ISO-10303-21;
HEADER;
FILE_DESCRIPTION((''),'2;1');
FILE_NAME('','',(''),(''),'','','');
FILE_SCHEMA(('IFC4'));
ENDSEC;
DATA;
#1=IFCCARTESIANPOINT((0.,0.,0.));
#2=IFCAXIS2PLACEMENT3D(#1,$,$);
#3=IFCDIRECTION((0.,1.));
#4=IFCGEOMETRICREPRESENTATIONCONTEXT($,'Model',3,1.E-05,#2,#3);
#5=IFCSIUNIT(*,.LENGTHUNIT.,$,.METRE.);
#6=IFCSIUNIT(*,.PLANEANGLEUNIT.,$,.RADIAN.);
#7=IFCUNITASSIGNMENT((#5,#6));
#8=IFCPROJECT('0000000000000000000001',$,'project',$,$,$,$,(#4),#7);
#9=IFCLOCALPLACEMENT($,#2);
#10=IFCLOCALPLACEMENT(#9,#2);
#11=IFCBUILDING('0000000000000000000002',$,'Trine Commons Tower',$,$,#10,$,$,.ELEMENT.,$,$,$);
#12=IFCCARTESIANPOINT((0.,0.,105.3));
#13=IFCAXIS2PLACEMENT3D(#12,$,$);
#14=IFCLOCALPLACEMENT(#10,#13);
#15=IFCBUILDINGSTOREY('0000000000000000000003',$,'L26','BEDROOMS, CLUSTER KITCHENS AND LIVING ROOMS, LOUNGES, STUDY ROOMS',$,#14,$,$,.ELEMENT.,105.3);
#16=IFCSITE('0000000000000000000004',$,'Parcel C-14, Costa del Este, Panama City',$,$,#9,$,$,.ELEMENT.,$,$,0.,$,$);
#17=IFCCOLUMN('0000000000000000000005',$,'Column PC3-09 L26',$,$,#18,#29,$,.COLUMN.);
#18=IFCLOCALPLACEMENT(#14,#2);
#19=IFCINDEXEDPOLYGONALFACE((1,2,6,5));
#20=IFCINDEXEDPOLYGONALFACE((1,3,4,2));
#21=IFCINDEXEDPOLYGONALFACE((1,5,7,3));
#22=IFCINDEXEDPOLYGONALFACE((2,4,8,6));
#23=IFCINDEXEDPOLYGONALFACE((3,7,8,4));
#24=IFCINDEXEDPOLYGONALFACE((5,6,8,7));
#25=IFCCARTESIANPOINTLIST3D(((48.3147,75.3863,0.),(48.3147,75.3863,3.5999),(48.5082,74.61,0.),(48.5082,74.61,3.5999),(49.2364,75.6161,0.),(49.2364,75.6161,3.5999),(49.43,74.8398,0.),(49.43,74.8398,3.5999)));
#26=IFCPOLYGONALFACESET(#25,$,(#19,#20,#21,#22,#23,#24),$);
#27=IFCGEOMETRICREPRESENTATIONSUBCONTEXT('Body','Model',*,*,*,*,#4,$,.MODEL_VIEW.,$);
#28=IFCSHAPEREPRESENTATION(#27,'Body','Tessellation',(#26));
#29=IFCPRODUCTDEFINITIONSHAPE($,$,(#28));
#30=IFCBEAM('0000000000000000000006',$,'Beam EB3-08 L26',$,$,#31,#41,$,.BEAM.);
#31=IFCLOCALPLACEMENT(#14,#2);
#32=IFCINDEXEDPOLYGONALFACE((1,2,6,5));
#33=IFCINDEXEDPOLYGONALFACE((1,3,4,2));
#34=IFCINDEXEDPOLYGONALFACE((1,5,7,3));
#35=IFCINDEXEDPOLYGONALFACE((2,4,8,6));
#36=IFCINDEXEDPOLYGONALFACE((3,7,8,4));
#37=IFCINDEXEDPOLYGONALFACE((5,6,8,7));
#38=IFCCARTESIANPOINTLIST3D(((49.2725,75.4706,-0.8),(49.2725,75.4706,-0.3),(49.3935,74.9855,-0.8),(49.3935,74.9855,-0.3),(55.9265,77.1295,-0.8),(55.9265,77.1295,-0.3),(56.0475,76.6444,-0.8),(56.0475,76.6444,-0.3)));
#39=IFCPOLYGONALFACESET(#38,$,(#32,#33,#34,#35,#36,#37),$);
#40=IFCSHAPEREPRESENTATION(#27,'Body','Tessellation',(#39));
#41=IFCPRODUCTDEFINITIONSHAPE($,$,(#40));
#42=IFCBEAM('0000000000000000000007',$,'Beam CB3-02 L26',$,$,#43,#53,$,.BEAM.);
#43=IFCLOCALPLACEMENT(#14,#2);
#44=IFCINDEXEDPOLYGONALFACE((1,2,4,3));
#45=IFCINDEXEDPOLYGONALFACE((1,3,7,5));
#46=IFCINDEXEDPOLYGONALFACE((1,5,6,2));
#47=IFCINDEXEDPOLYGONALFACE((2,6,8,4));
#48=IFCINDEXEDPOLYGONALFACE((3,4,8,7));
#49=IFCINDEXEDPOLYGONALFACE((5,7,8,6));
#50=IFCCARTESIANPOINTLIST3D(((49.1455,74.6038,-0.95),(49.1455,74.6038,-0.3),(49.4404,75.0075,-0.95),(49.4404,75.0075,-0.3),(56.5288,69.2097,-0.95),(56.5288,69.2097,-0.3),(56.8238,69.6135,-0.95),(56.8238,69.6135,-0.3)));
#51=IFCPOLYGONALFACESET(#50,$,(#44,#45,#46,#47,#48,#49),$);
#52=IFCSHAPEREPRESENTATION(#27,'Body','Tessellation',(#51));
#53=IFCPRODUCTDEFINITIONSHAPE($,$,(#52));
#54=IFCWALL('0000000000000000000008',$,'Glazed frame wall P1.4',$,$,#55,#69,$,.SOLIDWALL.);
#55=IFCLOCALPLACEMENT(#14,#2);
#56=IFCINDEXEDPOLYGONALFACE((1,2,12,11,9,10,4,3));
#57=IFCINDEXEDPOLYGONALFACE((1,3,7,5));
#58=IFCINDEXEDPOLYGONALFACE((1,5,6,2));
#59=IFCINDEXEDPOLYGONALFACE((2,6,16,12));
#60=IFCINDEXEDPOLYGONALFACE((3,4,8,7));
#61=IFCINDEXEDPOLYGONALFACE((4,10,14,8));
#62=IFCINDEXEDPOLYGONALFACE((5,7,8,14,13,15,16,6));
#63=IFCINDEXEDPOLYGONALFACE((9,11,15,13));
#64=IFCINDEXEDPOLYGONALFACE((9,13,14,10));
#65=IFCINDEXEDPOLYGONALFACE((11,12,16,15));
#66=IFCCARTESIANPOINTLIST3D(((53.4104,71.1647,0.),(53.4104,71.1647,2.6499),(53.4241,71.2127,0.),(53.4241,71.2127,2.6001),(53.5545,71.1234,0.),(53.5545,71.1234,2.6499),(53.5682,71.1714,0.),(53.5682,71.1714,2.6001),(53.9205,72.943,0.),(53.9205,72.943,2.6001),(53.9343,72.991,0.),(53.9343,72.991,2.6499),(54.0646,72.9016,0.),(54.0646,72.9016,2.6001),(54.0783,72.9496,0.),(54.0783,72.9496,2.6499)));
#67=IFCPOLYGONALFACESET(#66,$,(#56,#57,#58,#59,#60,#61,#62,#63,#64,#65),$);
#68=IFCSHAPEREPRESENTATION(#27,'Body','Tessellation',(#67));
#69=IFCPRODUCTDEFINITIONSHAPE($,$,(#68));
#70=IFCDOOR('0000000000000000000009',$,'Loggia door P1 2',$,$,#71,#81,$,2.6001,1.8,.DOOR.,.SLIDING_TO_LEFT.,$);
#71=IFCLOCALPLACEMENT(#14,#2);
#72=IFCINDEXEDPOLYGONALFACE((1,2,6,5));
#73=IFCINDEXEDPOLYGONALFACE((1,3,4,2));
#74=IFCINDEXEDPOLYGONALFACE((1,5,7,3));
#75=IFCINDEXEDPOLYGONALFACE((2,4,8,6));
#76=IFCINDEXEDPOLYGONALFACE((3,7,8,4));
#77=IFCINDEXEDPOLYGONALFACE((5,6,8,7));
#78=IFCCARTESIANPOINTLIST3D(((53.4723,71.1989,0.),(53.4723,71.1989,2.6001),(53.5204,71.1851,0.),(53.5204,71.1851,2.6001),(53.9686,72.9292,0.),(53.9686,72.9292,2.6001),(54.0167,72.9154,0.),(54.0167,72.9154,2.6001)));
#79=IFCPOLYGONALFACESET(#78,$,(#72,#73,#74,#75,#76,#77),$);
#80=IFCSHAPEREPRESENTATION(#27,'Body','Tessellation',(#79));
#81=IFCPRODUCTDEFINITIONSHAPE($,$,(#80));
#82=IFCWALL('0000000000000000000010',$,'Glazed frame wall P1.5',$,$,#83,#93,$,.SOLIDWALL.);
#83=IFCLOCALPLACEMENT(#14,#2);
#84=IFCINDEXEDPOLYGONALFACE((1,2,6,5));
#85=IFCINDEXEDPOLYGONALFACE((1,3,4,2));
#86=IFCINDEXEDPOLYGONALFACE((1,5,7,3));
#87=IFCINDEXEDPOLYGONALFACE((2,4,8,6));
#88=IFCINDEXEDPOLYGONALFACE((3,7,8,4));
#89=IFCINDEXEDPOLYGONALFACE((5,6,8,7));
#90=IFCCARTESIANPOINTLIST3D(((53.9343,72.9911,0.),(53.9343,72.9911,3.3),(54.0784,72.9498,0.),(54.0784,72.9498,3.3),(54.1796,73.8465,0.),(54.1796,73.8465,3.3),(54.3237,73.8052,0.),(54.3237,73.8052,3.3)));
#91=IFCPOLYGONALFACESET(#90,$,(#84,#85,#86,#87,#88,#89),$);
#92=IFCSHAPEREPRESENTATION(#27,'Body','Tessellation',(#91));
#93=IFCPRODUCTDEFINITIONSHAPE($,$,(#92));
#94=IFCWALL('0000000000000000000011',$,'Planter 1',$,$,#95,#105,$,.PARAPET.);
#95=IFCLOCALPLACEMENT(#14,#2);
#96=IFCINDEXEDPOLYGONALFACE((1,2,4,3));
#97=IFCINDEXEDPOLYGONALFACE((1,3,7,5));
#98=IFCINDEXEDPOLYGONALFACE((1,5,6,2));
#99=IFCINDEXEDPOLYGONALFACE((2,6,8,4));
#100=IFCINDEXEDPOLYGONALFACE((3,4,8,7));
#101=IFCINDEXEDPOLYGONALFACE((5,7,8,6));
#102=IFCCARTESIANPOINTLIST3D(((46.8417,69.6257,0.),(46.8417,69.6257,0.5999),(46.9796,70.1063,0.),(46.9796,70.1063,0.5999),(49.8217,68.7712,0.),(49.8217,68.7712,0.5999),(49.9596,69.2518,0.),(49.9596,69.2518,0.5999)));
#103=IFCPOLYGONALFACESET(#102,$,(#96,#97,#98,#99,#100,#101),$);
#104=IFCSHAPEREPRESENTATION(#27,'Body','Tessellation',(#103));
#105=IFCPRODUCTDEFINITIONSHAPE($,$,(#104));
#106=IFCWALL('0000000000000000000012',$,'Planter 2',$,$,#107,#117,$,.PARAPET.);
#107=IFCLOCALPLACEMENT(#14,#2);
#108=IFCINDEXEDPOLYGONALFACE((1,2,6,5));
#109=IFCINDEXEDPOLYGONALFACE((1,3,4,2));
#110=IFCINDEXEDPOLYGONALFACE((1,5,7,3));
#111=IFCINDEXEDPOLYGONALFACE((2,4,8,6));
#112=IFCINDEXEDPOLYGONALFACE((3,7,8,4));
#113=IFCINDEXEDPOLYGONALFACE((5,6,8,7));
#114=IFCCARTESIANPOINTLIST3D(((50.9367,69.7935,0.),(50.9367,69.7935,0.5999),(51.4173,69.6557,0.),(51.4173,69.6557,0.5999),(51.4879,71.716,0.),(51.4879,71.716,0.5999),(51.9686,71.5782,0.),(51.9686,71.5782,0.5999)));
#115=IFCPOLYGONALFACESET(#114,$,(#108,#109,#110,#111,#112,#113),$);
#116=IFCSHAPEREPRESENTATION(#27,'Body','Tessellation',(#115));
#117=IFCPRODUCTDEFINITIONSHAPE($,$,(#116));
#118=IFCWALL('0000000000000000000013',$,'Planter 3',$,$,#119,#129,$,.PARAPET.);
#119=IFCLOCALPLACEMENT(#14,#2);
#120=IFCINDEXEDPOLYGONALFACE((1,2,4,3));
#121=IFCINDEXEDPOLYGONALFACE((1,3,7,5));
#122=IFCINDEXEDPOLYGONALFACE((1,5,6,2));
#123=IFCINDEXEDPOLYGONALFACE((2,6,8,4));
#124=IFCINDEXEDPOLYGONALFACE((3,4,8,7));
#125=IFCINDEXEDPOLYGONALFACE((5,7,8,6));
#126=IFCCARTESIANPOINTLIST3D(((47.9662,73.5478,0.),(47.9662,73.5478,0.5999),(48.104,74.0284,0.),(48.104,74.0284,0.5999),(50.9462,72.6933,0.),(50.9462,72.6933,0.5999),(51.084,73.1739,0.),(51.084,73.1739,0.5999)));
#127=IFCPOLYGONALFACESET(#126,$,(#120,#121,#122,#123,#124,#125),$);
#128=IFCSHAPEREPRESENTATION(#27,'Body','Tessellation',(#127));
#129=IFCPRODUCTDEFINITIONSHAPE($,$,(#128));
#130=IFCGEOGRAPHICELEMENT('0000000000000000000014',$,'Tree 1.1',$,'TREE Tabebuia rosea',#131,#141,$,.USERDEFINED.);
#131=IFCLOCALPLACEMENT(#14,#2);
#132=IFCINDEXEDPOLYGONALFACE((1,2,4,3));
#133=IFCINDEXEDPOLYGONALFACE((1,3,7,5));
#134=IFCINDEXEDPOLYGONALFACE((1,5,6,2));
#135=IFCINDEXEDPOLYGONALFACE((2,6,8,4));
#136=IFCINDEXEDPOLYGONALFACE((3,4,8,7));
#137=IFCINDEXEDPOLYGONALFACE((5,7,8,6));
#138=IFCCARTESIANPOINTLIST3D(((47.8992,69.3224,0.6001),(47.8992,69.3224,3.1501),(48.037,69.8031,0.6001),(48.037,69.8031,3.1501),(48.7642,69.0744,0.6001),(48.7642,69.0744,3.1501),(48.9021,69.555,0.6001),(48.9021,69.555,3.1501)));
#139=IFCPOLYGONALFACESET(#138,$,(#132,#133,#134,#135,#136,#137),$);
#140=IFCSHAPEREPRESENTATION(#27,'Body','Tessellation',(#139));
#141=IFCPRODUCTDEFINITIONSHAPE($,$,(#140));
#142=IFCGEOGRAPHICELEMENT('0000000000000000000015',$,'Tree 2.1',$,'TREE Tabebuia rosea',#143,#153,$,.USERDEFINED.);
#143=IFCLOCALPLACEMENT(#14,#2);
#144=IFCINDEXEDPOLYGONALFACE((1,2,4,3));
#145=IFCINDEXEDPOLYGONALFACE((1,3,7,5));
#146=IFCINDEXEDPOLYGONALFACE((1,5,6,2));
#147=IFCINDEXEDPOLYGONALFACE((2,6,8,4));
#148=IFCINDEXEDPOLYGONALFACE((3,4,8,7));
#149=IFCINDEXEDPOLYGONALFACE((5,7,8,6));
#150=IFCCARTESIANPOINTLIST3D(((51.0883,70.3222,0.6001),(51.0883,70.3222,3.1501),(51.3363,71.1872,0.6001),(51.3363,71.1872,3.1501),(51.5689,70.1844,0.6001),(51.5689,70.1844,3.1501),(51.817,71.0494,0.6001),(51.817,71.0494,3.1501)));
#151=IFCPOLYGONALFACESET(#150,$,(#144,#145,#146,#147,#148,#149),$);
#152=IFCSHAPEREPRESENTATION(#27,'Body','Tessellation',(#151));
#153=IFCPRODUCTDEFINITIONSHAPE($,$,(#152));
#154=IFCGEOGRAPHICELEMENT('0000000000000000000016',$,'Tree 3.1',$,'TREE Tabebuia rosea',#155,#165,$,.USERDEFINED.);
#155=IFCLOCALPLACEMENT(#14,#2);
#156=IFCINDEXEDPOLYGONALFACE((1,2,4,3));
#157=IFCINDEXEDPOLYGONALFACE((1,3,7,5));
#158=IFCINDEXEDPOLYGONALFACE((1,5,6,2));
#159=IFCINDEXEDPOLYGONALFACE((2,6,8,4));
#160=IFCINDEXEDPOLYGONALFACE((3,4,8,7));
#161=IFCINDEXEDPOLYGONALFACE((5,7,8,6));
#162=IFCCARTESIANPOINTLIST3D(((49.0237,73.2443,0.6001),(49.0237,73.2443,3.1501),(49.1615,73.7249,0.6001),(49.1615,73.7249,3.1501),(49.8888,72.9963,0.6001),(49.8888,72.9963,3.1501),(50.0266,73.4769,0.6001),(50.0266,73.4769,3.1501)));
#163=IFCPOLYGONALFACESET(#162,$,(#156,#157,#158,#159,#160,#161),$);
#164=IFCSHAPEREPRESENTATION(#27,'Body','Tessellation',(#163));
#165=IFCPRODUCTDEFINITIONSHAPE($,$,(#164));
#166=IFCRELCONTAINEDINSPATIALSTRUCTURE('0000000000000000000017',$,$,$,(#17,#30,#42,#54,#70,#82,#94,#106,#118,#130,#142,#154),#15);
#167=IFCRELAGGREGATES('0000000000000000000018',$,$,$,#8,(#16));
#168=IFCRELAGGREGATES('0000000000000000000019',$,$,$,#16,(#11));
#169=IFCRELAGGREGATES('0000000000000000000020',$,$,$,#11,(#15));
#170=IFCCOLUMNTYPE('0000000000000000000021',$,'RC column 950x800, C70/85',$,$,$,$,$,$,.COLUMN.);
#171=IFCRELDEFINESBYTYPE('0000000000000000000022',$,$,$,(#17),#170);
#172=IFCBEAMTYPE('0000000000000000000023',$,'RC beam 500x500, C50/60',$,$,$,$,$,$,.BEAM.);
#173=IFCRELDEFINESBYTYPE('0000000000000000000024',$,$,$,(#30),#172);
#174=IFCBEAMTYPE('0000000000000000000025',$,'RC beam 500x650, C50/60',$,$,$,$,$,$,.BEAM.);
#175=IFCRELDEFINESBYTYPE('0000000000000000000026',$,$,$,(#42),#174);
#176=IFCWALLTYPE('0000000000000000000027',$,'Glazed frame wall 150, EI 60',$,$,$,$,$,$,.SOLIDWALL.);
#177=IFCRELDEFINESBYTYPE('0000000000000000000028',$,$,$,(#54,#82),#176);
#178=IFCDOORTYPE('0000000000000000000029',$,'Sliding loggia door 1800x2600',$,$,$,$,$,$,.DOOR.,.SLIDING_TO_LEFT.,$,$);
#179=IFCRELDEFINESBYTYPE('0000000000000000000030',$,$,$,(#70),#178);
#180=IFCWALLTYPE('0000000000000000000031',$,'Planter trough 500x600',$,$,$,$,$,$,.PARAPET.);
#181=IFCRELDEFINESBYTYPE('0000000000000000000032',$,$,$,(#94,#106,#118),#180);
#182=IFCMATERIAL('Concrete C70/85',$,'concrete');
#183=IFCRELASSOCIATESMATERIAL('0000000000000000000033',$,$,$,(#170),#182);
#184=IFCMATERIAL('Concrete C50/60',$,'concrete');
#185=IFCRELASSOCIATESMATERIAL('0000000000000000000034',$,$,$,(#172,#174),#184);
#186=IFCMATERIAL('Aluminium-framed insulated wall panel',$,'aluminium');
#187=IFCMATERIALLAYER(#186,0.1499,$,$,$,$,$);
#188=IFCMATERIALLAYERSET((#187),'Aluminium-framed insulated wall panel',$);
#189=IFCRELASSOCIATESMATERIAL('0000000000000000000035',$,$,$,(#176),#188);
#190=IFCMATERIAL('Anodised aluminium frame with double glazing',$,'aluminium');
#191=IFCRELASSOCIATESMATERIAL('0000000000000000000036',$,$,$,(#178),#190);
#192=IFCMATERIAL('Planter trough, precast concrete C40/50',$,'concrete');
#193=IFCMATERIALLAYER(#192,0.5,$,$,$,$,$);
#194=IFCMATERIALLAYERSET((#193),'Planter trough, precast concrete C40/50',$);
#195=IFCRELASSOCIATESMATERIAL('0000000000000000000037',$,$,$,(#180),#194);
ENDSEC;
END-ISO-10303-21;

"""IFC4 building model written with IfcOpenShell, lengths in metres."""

from ifc_helpers import new_model, si_unit, direction, frame, frame_2d, origin, origin_2d, place, context, subcontext, project, spatial, polyline, rectangle, outline, extrude, material, layer, layer_set, material_profile, profile_set, type_object, element, fill, save


model = new_model("IFC4")

# Units and contexts
model_context = context("Model", 3, precision=1e-05, world=origin(), true_north=direction((0.0, 1.0)))
body_context = subcontext(model_context, "Body", "Model", "MODEL_VIEW")
ifc_project = project(units=[si_unit("LENGTHUNIT", "METRE"), si_unit("PLANEANGLEUNIT", "RADIAN")], contexts=[model_context])

# Site, building, storey
site_placement = place(None, origin())
site = spatial("IfcSite", under=ifc_project, at=site_placement, Name="Parcel C-14, Costa del Este, Panama City", CompositionType="ELEMENT", RefElevation=0.0)
building_placement = place(site_placement, origin())
building = spatial("IfcBuilding", under=site, at=building_placement, Name="Trine Commons Tower", CompositionType="ELEMENT")
storey_placement = place(building_placement, frame((0.0, 0.0, 105.3)))
storey = spatial("IfcBuildingStorey", under=building, at=storey_placement, Name="L26", Description="BEDROOMS, CLUSTER KITCHENS AND LIVING ROOMS, LOUNGES, STUDY ROOMS", CompositionType="ELEMENT", Elevation=105.3)

# Column
ifc_material_1 = material(Name="Concrete C70/85", Category="concrete")
ifc_material_profile_1 = material_profile(ifc_material_1, rectangle(XDim=0.95, YDim=0.8, at=origin_2d()), Name="RC 950x800")
ifc_profile_set_1 = profile_set([ifc_material_profile_1], Name="Concrete C70/85")
column_type = type_object("IfcColumnType", Name="RC column 950x800, C70/85", PredefinedType="COLUMN", material=ifc_profile_set_1)
column_placement = place(storey_placement, frame((48.8723, 75.113, 0.0), z_axis=(0.0, 0.0, 1.0), x_axis=(0.970296, 0.241922, 0.0)))
element("IfcColumn", 1, at=column_placement, inside=storey, type_object=column_type, Name="Column PC3-09 L26", PredefinedType="COLUMN", context=body_context, shape_type="SweptSolid", body=[
    extrude(rectangle(XDim=0.95, YDim=0.8, at=origin_2d()), origin(), (0.0, 0.0, 1.0), 3.5999),
])

# Beams
ifc_material_2 = material(Name="Concrete C50/60", Category="concrete")
ifc_material_profile_2 = material_profile(ifc_material_2, rectangle(XDim=0.5, YDim=0.5, at=origin_2d()), Name="RC 500x500")
ifc_profile_set_2 = profile_set([ifc_material_profile_2], Name="Concrete C50/60")
beam_type_1 = type_object("IfcBeamType", Name="RC beam 500x500, C50/60", PredefinedType="BEAM", material=ifc_profile_set_2)
beam_1_placement = place(storey_placement, frame((49.333, 75.228, -0.55), z_axis=(0.970299, 0.241907, 0.0), x_axis=(-0.241907, 0.970299, 0.0)))
element("IfcBeam", 2, at=beam_1_placement, inside=storey, type_object=beam_type_1, Name="Beam EB3-08 L26", PredefinedType="BEAM", context=body_context, shape_type="SweptSolid", body=[
    extrude(rectangle(XDim=0.5, YDim=0.5, at=origin_2d()), origin(), (0.0, 0.0, 1.0), 6.8577),
])
ifc_material_profile_3 = material_profile(ifc_material_2, rectangle(XDim=0.5, YDim=0.6499, at=origin_2d()), Name="RC 500x650")
ifc_profile_set_3 = profile_set([ifc_material_profile_3], Name="Concrete C50/60")
beam_type_2 = type_object("IfcBeamType", Name="RC beam 500x650, C50/60", PredefinedType="BEAM", material=ifc_profile_set_3)
beam_2_placement = place(storey_placement, frame((49.293, 74.8057, -0.625), z_axis=(0.807466, -0.589913, 0.0), x_axis=(0.589913, 0.807466, 0.0)))
element("IfcBeam", 3, at=beam_2_placement, inside=storey, type_object=beam_type_2, Name="Beam CB3-02 L26", PredefinedType="BEAM", context=body_context, shape_type="SweptSolid", body=[
    extrude(rectangle(XDim=0.5, YDim=0.6499, at=origin_2d()), origin(), (0.0, 0.0, 1.0), 9.1438),
])

# Wall, opening, door
ifc_material_3 = material(Name="Aluminium-framed insulated wall panel", Category="aluminium")
ifc_layer_1 = layer(ifc_material_3, 0.1499)
ifc_layer_set_1 = layer_set([ifc_layer_1], Name="Aluminium-framed insulated wall panel")
wall_type_1 = type_object("IfcWallType", Name="Glazed frame wall 150, EI 60", PredefinedType="SOLIDWALL", material=ifc_layer_set_1)
wall_1_placement = place(storey_placement, frame((53.4824, 71.144, 0.0), z_axis=(0.0, 0.0, 1.0), x_axis=(0.275739, 0.961232, 0.0)))
wall_1 = element("IfcWall", 4, at=wall_1_placement, inside=storey, type_object=wall_type_1, Name="Glazed frame wall P1.4", PredefinedType="SOLIDWALL", context=body_context, shape_type="SweptSolid", body=[
    extrude(outline(polyline([(0.0, -0.075), (1.8999, -0.075), (1.8999, 0.075), (0.0, 0.075), (0.0, -0.075)])), origin(), (0.0, 0.0, 1.0), 2.6499),
])
opening_1_placement = place(wall_1_placement, frame((0.05, 0.0, 0.0)))
opening_1 = element("IfcOpeningElement", 5, at=opening_1_placement, cuts=wall_1, PredefinedType="OPENING", context=body_context, shape_type="SweptSolid", body=[
    extrude(rectangle(XDim=1.8, YDim=2.6001, at=frame_2d((0.8999, 1.3))), frame((0.0, 0.085, 0.0), z_axis=(0.0, -1.0, 0.0), x_axis=(1.0, 0.0, 0.0)), (0.0, 0.0, 1.0), 0.1699),
])
ifc_material_4 = material(Name="Anodised aluminium frame with double glazing", Category="aluminium")
door_type = type_object("IfcDoorType", Name="Sliding loggia door 1800x2600", OperationType="SLIDING_TO_LEFT", PredefinedType="DOOR", material=ifc_material_4)
door_1_placement = place(opening_1_placement, origin())
door_1 = element("IfcDoor", 6, at=door_1_placement, inside=storey, type_object=door_type, Name="Loggia door P1 2", OperationType="SLIDING_TO_LEFT", OverallHeight=2.6001, OverallWidth=1.8, PredefinedType="DOOR", context=body_context, shape_type="SweptSolid", body=[
    extrude(rectangle(XDim=1.8, YDim=2.6001, at=frame_2d((0.8999, 1.3))), frame((0.0, 0.0249, 0.0), z_axis=(0.0, -1.0, 0.0), x_axis=(1.0, 0.0, 0.0)), (0.0, 0.0, 1.0), 0.05),
])
fill(opening_1, door_1)

# Wall
wall_2_placement = place(storey_placement, frame((54.0063, 72.9705, 0.0), z_axis=(0.0, 0.0, 1.0), x_axis=(0.275656, 0.961256, 0.0)))
element("IfcWall", 7, at=wall_2_placement, inside=storey, type_object=wall_type_1, Name="Glazed frame wall P1.5", PredefinedType="SOLIDWALL", context=body_context, shape_type="SweptSolid", body=[
    extrude(outline(polyline([(0.8899, 0.075), (0.0, 0.075), (0.0, -0.075), (0.8899, -0.075), (0.8899, 0.075)])), origin(), (0.0, 0.0, 1.0), 3.3),
])

# Walls
ifc_material_5 = material(Name="Planter trough, precast concrete C40/50", Category="concrete")
ifc_layer_2 = layer(ifc_material_5, 0.5)
ifc_layer_set_2 = layer_set([ifc_layer_2], Name="Planter trough, precast concrete C40/50")
wall_type_2 = type_object("IfcWallType", Name="Planter trough 500x600", PredefinedType="PARAPET", material=ifc_layer_set_2)
wall_3_placement = place(storey_placement, frame((46.9106, 69.866, 0.0), z_axis=(0.0, 0.0, 1.0), x_axis=(0.961262, -0.275636, 0.0)))
element("IfcWall", 8, at=wall_3_placement, inside=storey, type_object=wall_type_2, Name="Planter 1", PredefinedType="PARAPET", context=body_context, shape_type="SweptSolid", body=[
    extrude(rectangle(XDim=3.1001, YDim=0.5, at=frame_2d((1.55, 0.0))), origin(), (0.0, 0.0, 1.0), 0.5999),
])
wall_4_placement = place(storey_placement, frame((51.177, 69.7246, 0.0), z_axis=(0.0, 0.0, 1.0), x_axis=(0.275624, 0.961266, 0.0)))
element("IfcWall", 9, at=wall_4_placement, inside=storey, type_object=wall_type_2, Name="Planter 2", PredefinedType="PARAPET", context=body_context, shape_type="SweptSolid", body=[
    extrude(rectangle(XDim=2.0, YDim=0.5, at=frame_2d((1.0, 0.0))), origin(), (0.0, 0.0, 1.0), 0.5999),
])
wall_5_placement = place(storey_placement, frame((51.0151, 72.9336, 0.0), z_axis=(0.0, 0.0, 1.0), x_axis=(-0.961262, 0.275636, 0.0)))
element("IfcWall", 10, at=wall_5_placement, inside=storey, type_object=wall_type_2, Name="Planter 3", PredefinedType="PARAPET", context=body_context, shape_type="SweptSolid", body=[
    extrude(rectangle(XDim=3.1001, YDim=0.5, at=frame_2d((1.55, 0.0))), origin(), (0.0, 0.0, 1.0), 0.5999),
])

# Geographic elements
for number, where, z_axis, x_axis, name in (
    (11, (48.4006, 69.4387, 0.6001), (0.0, 0.0, 1.0), (0.961261, -0.275641, 0.0), "Tree 1.1"),
    (12, (51.4526, 70.6858, 0.6001), (0.0, 0.0, 1.0), (0.275646, 0.961259, 0.0), "Tree 2.1"),
    (13, (49.5251, 73.3606, 0.6001), (0.0, 0.0, 1.0), (-0.961263, 0.275634, 0.0), "Tree 3.1"),
):
    element("IfcGeographicElement", number, at=place(storey_placement, frame(where, z_axis=z_axis, x_axis=x_axis)), inside=storey, Name=name, ObjectType="TREE Tabebuia rosea", PredefinedType="USERDEFINED", context=body_context, shape_type="SweptSolid", body=[
        extrude(rectangle(XDim=0.8999, YDim=0.5, at=origin_2d()), origin(), (0.0, 0.0, 1.0), 2.55),
    ])

save(model, "model.ifc")
